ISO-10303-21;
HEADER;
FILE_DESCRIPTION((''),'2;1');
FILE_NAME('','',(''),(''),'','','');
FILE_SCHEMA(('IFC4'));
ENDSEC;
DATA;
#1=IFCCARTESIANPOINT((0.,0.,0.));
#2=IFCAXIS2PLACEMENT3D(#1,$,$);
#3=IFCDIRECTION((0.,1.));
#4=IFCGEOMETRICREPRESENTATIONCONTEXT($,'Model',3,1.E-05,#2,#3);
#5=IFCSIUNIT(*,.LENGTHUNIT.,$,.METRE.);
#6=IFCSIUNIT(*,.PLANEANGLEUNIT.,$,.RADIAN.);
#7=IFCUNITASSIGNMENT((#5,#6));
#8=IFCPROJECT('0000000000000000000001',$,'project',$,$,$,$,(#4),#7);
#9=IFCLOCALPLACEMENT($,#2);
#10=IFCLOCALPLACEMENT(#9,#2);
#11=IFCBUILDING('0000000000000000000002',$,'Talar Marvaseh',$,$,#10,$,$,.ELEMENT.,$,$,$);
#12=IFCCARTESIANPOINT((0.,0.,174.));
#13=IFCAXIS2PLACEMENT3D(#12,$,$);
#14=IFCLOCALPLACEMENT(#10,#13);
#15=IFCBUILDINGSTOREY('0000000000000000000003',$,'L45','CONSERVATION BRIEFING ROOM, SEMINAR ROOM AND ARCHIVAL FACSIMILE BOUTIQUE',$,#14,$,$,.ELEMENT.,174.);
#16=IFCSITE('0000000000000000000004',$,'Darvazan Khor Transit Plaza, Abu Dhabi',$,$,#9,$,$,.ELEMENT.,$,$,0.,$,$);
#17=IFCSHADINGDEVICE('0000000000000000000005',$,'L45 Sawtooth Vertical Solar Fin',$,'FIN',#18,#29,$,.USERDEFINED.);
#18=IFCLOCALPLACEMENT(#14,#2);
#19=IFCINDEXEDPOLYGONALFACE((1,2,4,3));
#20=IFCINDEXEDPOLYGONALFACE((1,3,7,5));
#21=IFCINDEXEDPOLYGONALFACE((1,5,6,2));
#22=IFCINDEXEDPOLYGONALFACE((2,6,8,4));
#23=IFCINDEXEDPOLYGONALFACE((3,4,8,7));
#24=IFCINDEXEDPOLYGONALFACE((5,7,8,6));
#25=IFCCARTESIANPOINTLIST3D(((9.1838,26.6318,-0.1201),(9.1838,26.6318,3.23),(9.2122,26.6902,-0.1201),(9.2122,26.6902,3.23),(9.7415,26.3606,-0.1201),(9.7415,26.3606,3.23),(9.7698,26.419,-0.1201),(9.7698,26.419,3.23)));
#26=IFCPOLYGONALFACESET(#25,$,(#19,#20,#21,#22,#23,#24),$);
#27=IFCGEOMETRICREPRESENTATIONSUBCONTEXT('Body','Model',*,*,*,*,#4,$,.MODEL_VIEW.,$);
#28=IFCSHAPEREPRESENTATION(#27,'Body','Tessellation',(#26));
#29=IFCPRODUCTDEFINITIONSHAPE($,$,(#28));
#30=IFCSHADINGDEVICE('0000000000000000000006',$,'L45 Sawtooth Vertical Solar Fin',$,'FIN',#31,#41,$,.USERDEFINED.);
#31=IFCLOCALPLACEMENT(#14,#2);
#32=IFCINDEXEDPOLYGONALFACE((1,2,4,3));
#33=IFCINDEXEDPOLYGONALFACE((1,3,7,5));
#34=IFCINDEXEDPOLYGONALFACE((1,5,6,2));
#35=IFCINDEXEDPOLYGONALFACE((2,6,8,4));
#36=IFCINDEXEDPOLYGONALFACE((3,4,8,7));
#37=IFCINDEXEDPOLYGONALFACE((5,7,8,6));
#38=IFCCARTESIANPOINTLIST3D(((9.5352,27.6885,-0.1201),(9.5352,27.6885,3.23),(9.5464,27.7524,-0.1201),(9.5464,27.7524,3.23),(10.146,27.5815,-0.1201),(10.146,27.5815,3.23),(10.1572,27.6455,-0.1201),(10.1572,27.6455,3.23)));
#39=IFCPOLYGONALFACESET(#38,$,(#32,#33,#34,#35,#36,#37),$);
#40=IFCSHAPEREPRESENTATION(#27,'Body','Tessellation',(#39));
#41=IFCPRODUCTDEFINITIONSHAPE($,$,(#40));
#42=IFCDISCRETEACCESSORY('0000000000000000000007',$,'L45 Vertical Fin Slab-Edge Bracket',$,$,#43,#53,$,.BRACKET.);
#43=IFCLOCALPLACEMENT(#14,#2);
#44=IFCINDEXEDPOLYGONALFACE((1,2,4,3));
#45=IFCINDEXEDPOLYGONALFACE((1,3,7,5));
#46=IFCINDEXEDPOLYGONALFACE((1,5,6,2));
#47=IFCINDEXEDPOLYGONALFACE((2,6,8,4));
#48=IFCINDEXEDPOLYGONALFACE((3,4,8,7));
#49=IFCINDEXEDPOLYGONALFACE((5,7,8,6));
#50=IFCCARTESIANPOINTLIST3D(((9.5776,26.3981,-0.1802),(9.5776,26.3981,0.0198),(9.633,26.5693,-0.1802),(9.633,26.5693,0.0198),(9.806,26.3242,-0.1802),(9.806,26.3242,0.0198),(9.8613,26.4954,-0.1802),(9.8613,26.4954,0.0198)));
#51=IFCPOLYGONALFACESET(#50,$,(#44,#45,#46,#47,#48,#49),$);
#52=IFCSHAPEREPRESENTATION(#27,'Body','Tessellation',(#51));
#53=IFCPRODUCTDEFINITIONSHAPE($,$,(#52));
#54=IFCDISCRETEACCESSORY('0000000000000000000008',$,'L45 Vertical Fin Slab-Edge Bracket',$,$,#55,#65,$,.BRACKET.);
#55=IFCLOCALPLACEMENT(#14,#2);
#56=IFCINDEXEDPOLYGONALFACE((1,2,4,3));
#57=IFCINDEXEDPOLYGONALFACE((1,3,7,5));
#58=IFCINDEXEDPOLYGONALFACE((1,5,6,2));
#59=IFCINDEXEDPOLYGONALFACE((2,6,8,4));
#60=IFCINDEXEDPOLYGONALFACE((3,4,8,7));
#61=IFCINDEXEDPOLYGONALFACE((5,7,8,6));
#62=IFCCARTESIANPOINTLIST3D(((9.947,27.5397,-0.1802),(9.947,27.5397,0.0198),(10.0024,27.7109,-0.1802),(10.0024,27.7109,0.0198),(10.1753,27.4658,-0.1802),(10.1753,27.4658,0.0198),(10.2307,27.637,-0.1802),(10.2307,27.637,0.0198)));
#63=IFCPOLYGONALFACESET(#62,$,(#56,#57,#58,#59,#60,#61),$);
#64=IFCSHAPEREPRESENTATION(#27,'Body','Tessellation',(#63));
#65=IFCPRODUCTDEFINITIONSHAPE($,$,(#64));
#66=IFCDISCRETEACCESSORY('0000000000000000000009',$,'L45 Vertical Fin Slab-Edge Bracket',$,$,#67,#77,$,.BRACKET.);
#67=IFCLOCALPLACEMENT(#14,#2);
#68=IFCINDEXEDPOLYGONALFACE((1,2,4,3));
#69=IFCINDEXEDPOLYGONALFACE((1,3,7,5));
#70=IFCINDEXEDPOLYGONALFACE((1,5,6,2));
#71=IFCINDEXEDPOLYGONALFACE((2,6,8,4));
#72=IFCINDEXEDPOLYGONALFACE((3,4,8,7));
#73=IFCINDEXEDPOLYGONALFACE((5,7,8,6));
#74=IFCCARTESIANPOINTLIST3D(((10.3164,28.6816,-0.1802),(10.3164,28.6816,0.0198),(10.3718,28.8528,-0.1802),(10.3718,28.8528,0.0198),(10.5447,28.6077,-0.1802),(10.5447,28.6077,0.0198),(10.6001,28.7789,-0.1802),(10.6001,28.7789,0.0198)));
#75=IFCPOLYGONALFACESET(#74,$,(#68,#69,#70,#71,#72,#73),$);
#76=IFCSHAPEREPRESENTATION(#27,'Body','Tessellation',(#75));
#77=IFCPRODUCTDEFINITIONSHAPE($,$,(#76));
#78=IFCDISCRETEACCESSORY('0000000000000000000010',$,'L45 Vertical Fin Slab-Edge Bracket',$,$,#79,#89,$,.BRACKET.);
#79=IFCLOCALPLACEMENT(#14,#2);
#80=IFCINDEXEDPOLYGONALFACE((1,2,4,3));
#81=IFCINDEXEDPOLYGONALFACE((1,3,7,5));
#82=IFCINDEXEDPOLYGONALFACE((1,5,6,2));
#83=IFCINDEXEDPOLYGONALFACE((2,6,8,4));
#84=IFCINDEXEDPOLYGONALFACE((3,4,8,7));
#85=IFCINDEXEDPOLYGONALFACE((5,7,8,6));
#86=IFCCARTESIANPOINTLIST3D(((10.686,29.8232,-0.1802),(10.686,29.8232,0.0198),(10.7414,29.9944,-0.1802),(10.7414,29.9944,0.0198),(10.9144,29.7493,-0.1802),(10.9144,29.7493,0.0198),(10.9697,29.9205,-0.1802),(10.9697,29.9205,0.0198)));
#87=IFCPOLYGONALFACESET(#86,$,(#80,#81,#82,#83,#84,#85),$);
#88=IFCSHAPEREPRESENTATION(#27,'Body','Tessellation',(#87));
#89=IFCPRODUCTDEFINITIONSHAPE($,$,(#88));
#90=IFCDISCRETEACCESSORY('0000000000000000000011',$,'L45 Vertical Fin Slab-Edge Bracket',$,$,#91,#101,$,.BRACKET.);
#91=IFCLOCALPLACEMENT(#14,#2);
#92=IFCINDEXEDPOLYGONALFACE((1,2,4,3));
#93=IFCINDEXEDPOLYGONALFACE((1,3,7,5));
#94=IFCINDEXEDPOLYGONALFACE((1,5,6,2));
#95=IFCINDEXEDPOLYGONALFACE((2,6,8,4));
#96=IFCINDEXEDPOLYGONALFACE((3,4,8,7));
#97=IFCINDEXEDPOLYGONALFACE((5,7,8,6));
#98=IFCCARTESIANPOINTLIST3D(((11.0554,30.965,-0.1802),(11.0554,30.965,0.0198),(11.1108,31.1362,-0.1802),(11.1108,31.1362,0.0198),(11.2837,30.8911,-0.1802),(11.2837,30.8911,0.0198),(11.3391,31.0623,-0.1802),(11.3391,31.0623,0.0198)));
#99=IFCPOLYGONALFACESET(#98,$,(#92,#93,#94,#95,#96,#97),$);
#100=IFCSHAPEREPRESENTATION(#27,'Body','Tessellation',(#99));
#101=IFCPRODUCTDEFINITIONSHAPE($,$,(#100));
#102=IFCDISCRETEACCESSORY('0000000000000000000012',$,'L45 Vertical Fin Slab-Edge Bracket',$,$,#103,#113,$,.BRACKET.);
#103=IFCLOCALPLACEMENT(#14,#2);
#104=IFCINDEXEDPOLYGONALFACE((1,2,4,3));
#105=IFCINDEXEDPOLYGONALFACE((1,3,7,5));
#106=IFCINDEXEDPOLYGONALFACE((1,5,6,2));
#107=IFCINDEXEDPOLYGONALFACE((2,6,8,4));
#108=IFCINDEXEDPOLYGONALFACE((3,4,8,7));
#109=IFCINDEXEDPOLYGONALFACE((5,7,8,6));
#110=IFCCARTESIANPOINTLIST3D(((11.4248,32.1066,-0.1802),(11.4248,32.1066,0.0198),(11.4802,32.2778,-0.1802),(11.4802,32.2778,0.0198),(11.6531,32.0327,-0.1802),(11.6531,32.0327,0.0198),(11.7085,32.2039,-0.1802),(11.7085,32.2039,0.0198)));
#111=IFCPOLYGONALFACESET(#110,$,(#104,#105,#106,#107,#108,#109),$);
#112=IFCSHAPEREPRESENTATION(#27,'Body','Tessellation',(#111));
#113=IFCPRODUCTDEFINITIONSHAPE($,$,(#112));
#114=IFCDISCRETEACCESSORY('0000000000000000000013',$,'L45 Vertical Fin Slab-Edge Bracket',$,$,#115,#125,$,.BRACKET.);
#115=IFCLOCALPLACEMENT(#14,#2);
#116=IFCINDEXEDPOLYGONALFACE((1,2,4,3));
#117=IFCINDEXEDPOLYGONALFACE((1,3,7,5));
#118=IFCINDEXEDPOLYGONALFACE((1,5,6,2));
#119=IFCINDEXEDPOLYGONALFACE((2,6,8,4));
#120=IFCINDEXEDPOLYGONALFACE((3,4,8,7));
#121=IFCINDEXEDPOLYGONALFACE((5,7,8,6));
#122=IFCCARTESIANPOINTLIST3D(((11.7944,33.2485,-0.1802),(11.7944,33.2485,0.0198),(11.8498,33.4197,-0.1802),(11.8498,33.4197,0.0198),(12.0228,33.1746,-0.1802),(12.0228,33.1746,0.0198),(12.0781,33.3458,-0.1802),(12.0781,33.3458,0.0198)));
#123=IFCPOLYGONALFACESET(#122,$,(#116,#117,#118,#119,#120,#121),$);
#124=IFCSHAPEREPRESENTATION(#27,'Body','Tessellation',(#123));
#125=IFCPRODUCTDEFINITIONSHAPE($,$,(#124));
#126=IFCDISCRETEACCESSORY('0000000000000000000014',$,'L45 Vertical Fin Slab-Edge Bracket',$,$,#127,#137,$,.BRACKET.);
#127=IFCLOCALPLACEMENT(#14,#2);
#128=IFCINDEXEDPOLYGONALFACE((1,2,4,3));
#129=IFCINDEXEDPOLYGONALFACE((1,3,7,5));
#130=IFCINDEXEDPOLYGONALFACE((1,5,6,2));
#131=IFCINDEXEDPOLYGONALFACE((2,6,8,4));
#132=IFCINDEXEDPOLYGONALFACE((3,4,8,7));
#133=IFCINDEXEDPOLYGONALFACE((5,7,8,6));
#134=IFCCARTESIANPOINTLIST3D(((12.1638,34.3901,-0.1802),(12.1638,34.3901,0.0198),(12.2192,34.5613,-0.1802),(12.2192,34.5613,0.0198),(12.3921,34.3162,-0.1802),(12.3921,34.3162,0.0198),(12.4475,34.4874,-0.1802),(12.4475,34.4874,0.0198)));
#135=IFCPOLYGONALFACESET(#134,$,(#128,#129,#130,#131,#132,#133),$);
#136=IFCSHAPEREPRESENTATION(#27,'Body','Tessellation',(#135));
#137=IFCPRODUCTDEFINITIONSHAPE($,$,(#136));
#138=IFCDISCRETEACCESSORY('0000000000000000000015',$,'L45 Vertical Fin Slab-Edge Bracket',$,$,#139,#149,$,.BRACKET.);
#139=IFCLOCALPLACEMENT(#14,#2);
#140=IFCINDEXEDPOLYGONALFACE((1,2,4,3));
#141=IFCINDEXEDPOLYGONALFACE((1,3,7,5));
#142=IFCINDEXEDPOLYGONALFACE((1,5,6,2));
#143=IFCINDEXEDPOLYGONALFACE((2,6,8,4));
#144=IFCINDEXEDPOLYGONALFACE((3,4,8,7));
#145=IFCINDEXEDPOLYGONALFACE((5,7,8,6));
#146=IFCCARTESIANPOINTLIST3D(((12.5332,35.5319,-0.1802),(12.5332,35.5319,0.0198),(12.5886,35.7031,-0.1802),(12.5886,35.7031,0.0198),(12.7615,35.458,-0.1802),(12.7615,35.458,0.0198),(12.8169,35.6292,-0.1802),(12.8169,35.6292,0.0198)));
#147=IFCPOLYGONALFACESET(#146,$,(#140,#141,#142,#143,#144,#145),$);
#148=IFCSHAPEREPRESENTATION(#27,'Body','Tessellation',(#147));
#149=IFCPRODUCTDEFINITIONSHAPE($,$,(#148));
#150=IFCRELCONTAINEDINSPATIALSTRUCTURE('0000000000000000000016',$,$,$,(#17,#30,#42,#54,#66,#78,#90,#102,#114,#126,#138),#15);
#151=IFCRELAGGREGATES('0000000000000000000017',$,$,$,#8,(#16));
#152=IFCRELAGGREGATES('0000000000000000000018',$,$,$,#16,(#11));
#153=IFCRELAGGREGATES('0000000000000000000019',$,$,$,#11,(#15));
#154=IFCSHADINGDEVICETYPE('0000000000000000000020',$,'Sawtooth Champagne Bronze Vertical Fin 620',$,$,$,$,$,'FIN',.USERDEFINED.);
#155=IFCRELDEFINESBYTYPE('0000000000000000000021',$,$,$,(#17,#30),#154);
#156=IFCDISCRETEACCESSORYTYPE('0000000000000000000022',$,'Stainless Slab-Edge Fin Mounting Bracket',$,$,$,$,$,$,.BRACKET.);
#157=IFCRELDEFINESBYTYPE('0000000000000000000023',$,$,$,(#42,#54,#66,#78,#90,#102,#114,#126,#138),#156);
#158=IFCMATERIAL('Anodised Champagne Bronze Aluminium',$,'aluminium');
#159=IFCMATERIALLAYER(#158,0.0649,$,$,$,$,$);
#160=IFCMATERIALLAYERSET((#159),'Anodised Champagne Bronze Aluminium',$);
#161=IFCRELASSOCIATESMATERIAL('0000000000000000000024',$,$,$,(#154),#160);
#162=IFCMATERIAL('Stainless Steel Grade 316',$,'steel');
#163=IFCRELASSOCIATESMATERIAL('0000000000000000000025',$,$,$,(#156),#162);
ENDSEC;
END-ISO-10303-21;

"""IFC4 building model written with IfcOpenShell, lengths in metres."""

from ifc_helpers import new_model, si_unit, direction, frame, origin, origin_2d, place, context, subcontext, project, spatial, rectangle, extrude, source, transform, mapped, material, layer, layer_set, type_object, type_shapes, element, save


model = new_model("IFC4")

# Units and contexts
model_context = context("Model", 3, precision=1e-05, world=origin(), true_north=direction((0.0, 1.0)))
body_context = subcontext(model_context, "Body", "Model", "MODEL_VIEW")
ifc_project = project(units=[si_unit("LENGTHUNIT", "METRE"), si_unit("PLANEANGLEUNIT", "RADIAN")], contexts=[model_context])

# Site, building, storey
site_placement = place(None, origin())
site = spatial("IfcSite", under=ifc_project, at=site_placement, Name="Darvazan Khor Transit Plaza, Abu Dhabi", CompositionType="ELEMENT", RefElevation=0.0)
building_placement = place(site_placement, origin())
building = spatial("IfcBuilding", under=site, at=building_placement, Name="Talar Marvaseh", CompositionType="ELEMENT")
storey_placement = place(building_placement, frame((0.0, 0.0, 174.0)))
storey = spatial("IfcBuildingStorey", under=building, at=storey_placement, Name="L45", Description="CONSERVATION BRIEFING ROOM, SEMINAR ROOM AND ARCHIVAL FACSIMILE BOUTIQUE", CompositionType="ELEMENT", Elevation=174.0)

# Shared definitions
ifc_material_1 = material(Name="Stainless Steel Grade 316", Category="steel")

# Shading devices
ifc_material_2 = material(Name="Anodised Champagne Bronze Aluminium", Category="aluminium")
ifc_layer_1 = layer(ifc_material_2, 0.0649)
ifc_layer_set_1 = layer_set([ifc_layer_1], Name="Anodised Champagne Bronze Aluminium")
shading_device_type_1 = type_object("IfcShadingDeviceType", Name="Sawtooth Champagne Bronze Vertical Fin 620", ElementType="FIN", PredefinedType="USERDEFINED", material=ifc_layer_set_1)
shared_shape_1 = source(origin(), body_context, "Body", "SweptSolid", [
    extrude(rectangle(XDim=0.6201, YDim=0.0649, at=origin_2d()), origin(), (0.0, 0.0, 1.0), 3.3501),
])
type_shapes(shading_device_type_1, [shared_shape_1])
for number, where, z_axis, x_axis, name in (
    (1, (9.4768, 26.5254, -0.1201), (0.0, 0.0, 1.0), (-0.899329, 0.437273, 0.0), "L45 Sawtooth Vertical Solar Fin"),
    (2, (9.8462, 27.667, -0.1201), (0.0, 0.0, 1.0), (-0.985019, 0.172445, 0.0), "L45 Sawtooth Vertical Solar Fin"),
):
    element("IfcShadingDevice", number, at=place(storey_placement, frame(where, z_axis=z_axis, x_axis=x_axis)), inside=storey, type_object=shading_device_type_1, Name=name, ObjectType="FIN", PredefinedType="USERDEFINED", context=body_context, shape_type="MappedRepresentation", body=[
        mapped(shared_shape_1, transform((0.0, 0.0, 0.0), x_axis=(1.0, 0.0, 0.0), y_axis=(0.0, 1.0, 0.0), z_axis=(0.0, 0.0, 1.0), scale=1.0)),
    ])

# Discrete accessories
discrete_accessory_type = type_object("IfcDiscreteAccessoryType", Name="Stainless Slab-Edge Fin Mounting Bracket", PredefinedType="BRACKET", material=ifc_material_1)
shared_shape_2 = source(origin(), body_context, "Body", "SweptSolid", [
    extrude(rectangle(XDim=0.24, YDim=0.1799, at=origin_2d()), origin(), (0.0, 0.0, 1.0), 0.2),
])
type_shapes(discrete_accessory_type, [shared_shape_2])
for number, where, z_axis, x_axis, name in (
    (3, (9.7195, 26.4468, -0.1802), (0.0, 0.0, 1.0), (-0.951433, 0.307855, 0.0), "L45 Vertical Fin Slab-Edge Bracket"),
    (4, (10.0889, 27.5884, -0.1802), (0.0, 0.0, 1.0), (-0.951433, 0.307855, 0.0), "L45 Vertical Fin Slab-Edge Bracket"),
    (5, (10.4583, 28.7302, -0.1802), (0.0, 0.0, 1.0), (-0.951433, 0.307855, 0.0), "L45 Vertical Fin Slab-Edge Bracket"),
    (6, (10.8279, 29.8718, -0.1802), (0.0, 0.0, 1.0), (-0.951433, 0.307855, 0.0), "L45 Vertical Fin Slab-Edge Bracket"),
    (7, (11.1973, 31.0137, -0.1802), (0.0, 0.0, 1.0), (-0.951433, 0.307855, 0.0), "L45 Vertical Fin Slab-Edge Bracket"),
    (8, (11.5667, 32.1553, -0.1802), (0.0, 0.0, 1.0), (-0.951433, 0.307855, 0.0), "L45 Vertical Fin Slab-Edge Bracket"),
    (9, (11.9363, 33.2971, -0.1802), (0.0, 0.0, 1.0), (-0.951433, 0.307855, 0.0), "L45 Vertical Fin Slab-Edge Bracket"),
    (10, (12.3057, 34.4387, -0.1802), (0.0, 0.0, 1.0), (-0.951433, 0.307855, 0.0), "L45 Vertical Fin Slab-Edge Bracket"),
    (11, (12.675, 35.5806, -0.1802), (0.0, 0.0, 1.0), (-0.951433, 0.307855, 0.0), "L45 Vertical Fin Slab-Edge Bracket"),
):
    element("IfcDiscreteAccessory", number, at=place(storey_placement, frame(where, z_axis=z_axis, x_axis=x_axis)), inside=storey, type_object=discrete_accessory_type, Name=name, PredefinedType="BRACKET", context=body_context, shape_type="MappedRepresentation", body=[
        mapped(shared_shape_2, transform((0.0, 0.0, 0.0), x_axis=(1.0, 0.0, 0.0), y_axis=(0.0, 1.0, 0.0), z_axis=(0.0, 0.0, 1.0), scale=1.0)),
    ])

save(model, "model.ifc")
